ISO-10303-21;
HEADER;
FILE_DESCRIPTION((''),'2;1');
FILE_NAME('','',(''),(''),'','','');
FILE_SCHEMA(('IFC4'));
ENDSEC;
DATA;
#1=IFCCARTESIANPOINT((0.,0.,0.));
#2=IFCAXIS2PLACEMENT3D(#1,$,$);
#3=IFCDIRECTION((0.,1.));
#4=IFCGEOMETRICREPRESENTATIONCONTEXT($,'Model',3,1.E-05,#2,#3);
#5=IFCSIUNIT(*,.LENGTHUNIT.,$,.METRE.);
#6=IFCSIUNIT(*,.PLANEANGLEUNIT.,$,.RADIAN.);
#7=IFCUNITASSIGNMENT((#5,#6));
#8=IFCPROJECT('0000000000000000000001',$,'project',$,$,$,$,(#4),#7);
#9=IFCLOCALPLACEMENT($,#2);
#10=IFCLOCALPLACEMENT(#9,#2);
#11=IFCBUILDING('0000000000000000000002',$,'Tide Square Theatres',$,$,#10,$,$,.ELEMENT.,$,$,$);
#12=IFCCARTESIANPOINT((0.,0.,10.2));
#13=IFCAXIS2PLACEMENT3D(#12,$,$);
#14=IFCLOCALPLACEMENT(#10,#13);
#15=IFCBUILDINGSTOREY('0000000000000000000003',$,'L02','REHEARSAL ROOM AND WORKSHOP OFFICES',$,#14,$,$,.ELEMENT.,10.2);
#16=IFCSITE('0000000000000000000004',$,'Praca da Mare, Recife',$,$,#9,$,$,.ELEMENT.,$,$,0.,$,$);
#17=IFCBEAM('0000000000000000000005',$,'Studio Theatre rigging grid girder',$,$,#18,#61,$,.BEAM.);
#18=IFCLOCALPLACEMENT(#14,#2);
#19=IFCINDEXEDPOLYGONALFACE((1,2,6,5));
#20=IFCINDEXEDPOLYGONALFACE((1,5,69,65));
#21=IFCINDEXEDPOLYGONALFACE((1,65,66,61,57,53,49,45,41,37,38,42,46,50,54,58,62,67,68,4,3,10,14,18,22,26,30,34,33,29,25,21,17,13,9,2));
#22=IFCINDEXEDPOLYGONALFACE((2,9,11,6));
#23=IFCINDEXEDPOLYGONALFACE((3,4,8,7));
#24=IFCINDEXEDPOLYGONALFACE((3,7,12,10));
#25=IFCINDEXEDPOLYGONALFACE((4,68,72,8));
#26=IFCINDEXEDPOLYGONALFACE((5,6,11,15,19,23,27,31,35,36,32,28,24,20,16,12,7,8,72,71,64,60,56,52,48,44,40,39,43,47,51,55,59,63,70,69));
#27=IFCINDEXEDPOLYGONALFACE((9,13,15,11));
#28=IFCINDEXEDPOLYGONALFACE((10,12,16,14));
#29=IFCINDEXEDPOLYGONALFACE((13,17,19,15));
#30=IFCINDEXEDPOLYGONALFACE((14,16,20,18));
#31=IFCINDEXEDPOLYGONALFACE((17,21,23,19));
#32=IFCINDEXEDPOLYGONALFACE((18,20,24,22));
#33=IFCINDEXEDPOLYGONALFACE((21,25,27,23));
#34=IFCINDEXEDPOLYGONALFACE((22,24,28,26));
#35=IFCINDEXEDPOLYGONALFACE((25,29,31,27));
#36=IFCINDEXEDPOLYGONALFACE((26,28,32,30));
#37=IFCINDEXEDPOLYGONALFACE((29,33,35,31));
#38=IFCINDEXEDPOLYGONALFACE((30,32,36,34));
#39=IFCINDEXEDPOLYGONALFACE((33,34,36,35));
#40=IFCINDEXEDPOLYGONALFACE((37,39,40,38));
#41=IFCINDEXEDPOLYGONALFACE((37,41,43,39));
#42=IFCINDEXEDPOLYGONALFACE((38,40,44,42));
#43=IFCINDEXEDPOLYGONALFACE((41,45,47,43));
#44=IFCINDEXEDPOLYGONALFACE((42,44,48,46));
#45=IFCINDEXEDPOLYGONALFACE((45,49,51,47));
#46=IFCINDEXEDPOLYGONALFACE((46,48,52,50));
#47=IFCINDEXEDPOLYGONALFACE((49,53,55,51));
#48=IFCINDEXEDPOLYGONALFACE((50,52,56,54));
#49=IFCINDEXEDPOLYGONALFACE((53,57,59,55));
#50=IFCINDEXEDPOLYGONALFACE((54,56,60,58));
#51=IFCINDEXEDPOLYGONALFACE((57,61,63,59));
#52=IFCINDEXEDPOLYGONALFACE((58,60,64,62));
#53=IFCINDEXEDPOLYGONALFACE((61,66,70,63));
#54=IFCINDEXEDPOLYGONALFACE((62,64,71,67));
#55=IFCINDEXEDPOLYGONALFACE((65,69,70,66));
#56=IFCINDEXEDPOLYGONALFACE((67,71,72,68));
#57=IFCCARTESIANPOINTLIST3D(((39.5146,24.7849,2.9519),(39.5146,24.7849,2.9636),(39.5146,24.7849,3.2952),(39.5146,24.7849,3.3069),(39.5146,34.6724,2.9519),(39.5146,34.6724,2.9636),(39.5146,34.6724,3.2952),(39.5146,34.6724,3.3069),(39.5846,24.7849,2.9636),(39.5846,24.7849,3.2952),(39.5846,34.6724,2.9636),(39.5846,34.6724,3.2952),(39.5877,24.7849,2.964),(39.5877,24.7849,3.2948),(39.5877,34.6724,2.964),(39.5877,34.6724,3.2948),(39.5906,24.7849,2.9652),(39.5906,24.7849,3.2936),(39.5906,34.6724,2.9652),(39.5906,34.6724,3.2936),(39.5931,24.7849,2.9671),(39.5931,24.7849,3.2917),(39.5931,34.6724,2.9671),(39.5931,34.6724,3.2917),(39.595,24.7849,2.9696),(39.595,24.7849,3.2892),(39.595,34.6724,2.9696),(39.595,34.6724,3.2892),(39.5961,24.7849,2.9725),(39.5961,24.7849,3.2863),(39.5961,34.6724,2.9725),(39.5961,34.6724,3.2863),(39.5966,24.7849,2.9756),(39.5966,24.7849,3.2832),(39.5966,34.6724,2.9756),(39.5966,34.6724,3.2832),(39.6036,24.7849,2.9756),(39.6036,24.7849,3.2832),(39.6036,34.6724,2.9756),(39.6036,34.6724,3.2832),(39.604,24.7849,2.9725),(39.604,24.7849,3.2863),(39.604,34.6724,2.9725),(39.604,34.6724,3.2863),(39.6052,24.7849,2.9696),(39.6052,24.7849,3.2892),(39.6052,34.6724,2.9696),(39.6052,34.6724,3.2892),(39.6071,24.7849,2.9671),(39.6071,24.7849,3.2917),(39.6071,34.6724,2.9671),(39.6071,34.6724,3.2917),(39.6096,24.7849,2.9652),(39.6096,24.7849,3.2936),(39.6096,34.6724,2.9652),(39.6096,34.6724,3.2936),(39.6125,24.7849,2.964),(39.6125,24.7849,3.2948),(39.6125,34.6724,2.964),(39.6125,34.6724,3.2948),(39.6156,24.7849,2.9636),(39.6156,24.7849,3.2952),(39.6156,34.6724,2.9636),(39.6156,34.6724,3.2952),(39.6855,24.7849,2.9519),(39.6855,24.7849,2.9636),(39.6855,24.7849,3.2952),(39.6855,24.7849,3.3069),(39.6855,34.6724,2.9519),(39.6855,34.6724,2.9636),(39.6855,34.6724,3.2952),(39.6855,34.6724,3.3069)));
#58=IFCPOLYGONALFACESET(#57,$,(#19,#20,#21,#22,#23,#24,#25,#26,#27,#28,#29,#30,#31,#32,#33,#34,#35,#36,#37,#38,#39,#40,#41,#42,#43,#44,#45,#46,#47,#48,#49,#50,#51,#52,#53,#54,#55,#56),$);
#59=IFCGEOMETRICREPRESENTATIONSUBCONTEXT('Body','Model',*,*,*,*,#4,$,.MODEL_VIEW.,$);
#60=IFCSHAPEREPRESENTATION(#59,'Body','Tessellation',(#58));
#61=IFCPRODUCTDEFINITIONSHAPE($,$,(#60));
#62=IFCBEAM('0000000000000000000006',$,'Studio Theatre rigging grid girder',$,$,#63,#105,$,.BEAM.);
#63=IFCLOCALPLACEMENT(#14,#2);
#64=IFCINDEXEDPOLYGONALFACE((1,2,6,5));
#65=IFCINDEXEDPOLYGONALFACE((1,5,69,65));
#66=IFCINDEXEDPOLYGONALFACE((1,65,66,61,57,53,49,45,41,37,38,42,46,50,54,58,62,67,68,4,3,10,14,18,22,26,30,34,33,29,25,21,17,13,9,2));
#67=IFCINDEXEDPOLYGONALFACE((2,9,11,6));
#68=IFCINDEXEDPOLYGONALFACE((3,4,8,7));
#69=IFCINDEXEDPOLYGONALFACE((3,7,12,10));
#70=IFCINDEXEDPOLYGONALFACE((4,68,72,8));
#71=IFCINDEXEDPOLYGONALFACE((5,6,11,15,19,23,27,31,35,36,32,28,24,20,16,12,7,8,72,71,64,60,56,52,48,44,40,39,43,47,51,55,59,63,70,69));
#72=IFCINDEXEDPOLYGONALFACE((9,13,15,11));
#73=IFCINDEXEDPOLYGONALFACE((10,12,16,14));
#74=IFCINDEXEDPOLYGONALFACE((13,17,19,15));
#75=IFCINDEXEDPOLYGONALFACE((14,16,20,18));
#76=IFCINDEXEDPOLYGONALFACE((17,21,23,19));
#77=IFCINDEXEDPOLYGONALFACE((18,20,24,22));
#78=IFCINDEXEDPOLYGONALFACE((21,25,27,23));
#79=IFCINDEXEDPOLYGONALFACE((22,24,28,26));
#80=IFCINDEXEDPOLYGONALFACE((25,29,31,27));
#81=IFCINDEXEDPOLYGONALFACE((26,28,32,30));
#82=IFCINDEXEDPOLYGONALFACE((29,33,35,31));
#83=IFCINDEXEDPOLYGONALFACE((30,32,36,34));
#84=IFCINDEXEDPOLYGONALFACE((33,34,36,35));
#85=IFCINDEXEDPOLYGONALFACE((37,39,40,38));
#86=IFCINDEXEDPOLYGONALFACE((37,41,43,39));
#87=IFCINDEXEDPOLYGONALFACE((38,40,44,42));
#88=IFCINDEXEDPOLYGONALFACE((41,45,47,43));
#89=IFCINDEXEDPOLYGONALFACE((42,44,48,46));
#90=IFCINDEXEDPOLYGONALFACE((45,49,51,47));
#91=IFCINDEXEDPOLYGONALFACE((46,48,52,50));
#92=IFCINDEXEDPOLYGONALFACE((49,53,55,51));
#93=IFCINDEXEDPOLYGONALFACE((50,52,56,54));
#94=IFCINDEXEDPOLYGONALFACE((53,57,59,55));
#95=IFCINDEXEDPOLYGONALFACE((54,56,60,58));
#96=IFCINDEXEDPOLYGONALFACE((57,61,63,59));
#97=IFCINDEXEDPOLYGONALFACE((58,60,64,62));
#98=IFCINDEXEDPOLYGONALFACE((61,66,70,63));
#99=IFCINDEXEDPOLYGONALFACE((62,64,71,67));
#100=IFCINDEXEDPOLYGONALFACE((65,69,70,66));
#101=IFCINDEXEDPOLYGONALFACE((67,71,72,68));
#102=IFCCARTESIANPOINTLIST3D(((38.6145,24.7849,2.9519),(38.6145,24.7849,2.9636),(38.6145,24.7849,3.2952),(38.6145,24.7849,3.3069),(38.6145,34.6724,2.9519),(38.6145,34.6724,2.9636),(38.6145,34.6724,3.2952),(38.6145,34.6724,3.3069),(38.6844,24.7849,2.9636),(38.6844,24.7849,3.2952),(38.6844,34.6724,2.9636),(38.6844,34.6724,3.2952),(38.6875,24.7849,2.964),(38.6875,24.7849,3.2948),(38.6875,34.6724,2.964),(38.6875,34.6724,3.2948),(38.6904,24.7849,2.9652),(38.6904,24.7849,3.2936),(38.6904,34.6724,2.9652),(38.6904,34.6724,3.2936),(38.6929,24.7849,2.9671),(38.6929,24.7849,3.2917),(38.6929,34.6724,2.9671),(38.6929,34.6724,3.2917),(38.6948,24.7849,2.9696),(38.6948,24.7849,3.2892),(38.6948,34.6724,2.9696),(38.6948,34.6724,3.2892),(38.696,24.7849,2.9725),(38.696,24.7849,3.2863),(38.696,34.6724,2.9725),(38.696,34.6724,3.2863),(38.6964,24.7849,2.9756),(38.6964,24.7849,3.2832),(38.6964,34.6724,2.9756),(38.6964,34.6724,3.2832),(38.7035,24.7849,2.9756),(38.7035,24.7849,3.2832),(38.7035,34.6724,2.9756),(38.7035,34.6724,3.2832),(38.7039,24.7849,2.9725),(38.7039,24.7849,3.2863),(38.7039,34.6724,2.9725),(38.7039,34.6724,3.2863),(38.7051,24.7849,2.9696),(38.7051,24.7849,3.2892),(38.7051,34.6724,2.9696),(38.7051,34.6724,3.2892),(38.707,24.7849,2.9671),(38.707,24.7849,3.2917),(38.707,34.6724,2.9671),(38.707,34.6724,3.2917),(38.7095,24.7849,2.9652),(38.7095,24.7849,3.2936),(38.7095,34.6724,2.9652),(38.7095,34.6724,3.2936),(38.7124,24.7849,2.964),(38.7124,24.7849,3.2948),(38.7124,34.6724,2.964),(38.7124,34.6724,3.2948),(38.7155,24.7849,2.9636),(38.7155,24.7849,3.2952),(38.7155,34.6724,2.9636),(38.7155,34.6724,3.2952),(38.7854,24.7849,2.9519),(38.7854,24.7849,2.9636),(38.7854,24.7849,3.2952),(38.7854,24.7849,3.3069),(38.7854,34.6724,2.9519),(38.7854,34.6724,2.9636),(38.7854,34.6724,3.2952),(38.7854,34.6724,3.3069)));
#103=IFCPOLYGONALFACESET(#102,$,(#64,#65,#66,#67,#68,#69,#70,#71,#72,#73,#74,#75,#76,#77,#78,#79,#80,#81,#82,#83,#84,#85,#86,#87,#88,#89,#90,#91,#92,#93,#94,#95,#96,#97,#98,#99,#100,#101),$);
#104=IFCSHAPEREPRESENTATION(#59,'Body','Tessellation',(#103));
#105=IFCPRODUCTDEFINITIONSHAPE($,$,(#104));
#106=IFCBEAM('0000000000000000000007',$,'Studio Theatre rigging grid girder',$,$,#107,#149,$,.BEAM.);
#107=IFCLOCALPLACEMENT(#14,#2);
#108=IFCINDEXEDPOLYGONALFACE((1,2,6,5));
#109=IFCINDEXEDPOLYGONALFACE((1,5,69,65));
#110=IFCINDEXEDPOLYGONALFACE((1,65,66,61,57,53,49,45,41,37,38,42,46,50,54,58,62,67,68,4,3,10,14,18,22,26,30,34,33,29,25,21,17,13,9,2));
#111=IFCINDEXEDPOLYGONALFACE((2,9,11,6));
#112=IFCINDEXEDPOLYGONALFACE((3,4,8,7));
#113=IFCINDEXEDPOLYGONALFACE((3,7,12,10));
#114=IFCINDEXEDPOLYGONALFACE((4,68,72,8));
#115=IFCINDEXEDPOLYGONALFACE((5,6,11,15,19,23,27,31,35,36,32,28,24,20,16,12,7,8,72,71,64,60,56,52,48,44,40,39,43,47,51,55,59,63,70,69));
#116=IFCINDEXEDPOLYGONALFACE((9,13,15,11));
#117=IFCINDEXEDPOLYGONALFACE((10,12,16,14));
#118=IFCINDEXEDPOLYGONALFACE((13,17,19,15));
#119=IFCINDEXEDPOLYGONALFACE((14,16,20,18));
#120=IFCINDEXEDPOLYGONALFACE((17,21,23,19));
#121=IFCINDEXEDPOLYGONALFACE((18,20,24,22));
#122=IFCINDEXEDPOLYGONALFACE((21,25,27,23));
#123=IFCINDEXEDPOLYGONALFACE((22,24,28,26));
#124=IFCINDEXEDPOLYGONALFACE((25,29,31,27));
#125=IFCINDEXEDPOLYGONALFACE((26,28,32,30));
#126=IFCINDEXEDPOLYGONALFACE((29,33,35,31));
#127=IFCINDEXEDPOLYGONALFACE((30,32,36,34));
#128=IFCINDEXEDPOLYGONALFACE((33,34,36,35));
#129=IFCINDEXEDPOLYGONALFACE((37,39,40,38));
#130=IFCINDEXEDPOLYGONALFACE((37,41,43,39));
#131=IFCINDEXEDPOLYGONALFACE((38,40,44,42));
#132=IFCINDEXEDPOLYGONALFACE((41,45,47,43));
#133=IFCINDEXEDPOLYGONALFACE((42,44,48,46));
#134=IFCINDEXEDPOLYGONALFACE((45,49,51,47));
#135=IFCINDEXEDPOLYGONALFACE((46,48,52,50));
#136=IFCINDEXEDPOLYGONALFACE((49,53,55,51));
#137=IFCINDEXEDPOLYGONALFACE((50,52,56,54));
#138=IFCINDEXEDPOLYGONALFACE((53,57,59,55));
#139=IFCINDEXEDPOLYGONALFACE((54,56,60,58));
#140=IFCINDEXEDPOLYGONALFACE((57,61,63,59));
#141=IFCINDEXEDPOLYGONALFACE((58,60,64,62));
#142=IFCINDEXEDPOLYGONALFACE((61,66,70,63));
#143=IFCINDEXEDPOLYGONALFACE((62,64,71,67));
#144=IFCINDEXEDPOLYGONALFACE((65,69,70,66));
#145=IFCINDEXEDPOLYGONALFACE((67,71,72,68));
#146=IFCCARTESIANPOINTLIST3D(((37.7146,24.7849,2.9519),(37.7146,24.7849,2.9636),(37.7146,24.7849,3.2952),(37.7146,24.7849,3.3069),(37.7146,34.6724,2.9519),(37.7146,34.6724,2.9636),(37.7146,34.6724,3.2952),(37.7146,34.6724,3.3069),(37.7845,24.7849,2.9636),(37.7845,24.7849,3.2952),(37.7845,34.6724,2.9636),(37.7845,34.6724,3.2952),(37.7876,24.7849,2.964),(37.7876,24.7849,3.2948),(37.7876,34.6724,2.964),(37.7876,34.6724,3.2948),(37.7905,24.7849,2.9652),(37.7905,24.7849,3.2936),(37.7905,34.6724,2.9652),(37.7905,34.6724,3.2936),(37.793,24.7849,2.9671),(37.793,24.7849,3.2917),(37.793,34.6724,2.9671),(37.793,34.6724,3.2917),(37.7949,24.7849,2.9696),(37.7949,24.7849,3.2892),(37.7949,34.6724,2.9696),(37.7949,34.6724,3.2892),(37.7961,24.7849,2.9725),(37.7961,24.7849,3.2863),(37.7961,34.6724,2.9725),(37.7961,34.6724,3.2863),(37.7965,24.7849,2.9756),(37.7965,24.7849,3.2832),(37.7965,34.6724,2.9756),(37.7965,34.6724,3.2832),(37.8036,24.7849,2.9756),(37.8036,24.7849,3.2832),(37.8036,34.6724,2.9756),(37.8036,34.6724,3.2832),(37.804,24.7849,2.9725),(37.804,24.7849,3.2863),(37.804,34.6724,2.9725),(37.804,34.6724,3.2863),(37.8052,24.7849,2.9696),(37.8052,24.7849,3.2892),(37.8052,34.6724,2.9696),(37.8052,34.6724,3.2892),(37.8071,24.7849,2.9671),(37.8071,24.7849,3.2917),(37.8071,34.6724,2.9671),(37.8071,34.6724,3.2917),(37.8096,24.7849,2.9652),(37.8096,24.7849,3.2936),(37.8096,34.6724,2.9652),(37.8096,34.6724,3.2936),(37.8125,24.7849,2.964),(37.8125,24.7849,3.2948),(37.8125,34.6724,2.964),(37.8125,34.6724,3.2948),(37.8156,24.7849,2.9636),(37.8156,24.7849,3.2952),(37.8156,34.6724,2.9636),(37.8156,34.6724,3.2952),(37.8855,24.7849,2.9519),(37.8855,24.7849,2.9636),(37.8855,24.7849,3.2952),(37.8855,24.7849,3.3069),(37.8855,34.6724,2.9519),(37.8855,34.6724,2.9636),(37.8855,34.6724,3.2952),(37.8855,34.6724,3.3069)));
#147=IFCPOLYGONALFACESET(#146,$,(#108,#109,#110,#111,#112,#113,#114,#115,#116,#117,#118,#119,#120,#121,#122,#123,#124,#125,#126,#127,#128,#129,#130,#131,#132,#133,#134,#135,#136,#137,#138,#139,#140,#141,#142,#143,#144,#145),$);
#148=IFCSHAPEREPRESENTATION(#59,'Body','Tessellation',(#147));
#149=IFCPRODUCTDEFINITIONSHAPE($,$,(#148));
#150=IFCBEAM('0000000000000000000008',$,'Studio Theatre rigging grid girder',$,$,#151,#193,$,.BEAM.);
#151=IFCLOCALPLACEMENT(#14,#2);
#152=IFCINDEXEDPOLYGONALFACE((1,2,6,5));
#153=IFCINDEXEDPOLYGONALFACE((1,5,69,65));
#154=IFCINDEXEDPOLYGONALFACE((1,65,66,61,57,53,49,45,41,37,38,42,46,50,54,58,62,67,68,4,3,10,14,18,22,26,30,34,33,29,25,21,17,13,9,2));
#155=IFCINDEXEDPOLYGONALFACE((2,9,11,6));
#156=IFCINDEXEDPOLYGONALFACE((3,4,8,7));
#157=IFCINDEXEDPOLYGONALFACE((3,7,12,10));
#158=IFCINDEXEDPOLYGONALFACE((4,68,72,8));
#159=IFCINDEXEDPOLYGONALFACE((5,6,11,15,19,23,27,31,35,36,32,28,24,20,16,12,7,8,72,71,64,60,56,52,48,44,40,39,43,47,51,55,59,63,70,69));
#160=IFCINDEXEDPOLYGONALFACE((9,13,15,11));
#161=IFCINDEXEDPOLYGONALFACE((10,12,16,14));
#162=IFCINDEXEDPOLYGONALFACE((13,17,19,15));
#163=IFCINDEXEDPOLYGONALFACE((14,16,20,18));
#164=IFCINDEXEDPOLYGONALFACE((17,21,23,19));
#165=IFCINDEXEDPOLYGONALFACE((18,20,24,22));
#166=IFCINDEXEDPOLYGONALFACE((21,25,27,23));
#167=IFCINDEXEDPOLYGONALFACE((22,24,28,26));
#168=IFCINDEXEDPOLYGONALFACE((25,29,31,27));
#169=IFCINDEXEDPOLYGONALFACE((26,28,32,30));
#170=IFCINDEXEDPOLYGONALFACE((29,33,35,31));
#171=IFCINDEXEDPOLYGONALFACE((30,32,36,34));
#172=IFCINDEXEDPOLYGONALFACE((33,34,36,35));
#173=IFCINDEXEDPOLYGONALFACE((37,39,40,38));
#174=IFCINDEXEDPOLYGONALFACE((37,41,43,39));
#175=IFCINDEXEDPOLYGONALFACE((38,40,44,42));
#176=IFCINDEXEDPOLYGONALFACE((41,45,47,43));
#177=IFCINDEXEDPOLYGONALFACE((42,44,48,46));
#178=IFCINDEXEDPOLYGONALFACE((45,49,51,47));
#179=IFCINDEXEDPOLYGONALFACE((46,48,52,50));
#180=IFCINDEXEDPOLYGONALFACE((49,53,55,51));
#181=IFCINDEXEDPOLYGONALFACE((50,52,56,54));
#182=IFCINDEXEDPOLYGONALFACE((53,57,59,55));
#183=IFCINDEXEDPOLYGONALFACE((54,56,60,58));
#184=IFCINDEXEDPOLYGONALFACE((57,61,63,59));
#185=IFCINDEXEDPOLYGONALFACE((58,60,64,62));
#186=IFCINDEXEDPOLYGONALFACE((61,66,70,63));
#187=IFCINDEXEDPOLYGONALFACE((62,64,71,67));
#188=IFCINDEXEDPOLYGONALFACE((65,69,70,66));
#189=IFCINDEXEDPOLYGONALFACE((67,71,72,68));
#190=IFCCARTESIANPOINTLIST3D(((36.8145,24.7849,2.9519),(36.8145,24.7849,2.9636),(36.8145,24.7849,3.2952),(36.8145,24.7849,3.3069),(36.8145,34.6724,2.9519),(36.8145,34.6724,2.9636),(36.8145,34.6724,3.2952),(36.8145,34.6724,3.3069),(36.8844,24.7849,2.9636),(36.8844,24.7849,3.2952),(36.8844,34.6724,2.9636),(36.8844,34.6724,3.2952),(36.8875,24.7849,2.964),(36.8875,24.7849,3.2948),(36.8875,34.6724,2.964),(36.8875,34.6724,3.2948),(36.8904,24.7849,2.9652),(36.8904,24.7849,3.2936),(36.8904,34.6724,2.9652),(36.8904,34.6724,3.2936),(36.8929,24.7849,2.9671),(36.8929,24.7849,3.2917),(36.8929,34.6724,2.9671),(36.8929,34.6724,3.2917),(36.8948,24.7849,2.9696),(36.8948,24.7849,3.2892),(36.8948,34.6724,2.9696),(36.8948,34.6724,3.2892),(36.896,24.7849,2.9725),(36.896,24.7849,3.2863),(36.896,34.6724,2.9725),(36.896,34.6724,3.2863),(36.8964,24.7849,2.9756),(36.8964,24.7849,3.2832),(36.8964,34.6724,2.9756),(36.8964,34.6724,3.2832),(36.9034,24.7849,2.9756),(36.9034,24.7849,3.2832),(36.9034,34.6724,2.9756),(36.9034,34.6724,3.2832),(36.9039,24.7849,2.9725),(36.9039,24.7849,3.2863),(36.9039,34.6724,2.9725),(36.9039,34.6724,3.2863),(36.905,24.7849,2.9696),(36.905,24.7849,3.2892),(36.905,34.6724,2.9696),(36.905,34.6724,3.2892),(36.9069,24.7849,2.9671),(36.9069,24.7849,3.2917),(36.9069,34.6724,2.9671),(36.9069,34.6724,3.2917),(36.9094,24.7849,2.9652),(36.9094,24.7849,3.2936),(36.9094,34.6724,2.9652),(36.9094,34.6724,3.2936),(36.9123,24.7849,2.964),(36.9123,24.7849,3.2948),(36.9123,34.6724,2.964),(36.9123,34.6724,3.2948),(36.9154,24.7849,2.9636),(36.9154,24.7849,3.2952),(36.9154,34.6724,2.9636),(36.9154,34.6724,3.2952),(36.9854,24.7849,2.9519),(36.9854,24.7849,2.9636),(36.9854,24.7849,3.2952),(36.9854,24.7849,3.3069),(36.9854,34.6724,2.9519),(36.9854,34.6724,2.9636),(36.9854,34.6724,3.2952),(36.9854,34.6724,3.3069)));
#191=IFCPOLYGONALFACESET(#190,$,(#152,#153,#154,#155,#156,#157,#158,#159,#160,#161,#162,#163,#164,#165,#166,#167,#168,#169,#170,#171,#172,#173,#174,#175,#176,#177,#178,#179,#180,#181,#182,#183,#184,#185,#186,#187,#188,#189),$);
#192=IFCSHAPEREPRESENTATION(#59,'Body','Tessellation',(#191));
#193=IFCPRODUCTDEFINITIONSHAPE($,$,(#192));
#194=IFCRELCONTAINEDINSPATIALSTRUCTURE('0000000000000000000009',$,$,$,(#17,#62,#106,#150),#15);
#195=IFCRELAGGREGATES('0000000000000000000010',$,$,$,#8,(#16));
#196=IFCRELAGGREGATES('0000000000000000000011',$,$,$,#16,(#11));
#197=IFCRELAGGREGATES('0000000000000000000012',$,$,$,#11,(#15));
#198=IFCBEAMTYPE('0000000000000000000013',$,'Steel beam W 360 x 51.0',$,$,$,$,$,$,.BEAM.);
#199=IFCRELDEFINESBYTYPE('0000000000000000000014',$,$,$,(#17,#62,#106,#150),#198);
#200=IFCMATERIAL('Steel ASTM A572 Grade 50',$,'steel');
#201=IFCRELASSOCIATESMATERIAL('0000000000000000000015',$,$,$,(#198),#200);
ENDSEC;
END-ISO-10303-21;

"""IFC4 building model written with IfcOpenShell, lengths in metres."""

from ifc_helpers import new_model, si_unit, direction, frame, origin, origin_2d, place, context, subcontext, project, spatial, i_section, extrude, material, material_profile, profile_set, type_object, element, save


model = new_model("IFC4")

# Units and contexts
model_context = context("Model", 3, precision=1e-05, world=origin(), true_north=direction((0.0, 1.0)))
body_context = subcontext(model_context, "Body", "Model", "MODEL_VIEW")
ifc_project = project(units=[si_unit("LENGTHUNIT", "METRE"), si_unit("PLANEANGLEUNIT", "RADIAN")], contexts=[model_context])

# Site, building, storey
site_placement = place(None, origin())
site = spatial("IfcSite", under=ifc_project, at=site_placement, Name="Praca da Mare, Recife", CompositionType="ELEMENT", RefElevation=0.0)
building_placement = place(site_placement, origin())
building = spatial("IfcBuilding", under=site, at=building_placement, Name="Tide Square Theatres", CompositionType="ELEMENT")
storey_placement = place(building_placement, frame((0.0, 0.0, 10.2)))
storey = spatial("IfcBuildingStorey", under=building, at=storey_placement, Name="L02", Description="REHEARSAL ROOM AND WORKSHOP OFFICES", CompositionType="ELEMENT", Elevation=10.2)

# Beams
ifc_material_1 = material(Name="Steel ASTM A572 Grade 50", Category="steel")
ifc_material_profile_1 = material_profile(ifc_material_1, i_section(OverallWidth=0.1709, OverallDepth=0.355, WebThickness=0.0071, FlangeThickness=0.0117, FilletRadius=0.012, at=origin_2d()))
ifc_profile_set_1 = profile_set([ifc_material_profile_1], Name="Steel ASTM A572 Grade 50")
beam_type_1 = type_object("IfcBeamType", Name="Steel beam W 360 x 51.0", PredefinedType="BEAM", material=ifc_profile_set_1)
for number, where, z_axis, x_axis, name in (
    (1, (39.6001, 24.7849, 3.1294), (0.0, 1.0, 0.0), (-1.0, 0.0, 0.0), "Studio Theatre rigging grid girder"),
    (2, (38.7, 24.7849, 3.1294), (0.0, 1.0, 0.0), (-1.0, 0.0, 0.0), "Studio Theatre rigging grid girder"),
    (3, (37.8, 24.7849, 3.1294), (0.0, 1.0, 0.0), (-1.0, 0.0, 0.0), "Studio Theatre rigging grid girder"),
    (4, (36.8999, 24.7849, 3.1294), (0.0, 1.0, 0.0), (-1.0, 0.0, 0.0), "Studio Theatre rigging grid girder"),
):
    element("IfcBeam", number, at=place(storey_placement, frame(where, z_axis=z_axis, x_axis=x_axis)), inside=storey, type_object=beam_type_1, Name=name, PredefinedType="BEAM", context=body_context, shape_type="SweptSolid", body=[
        extrude(i_section(OverallWidth=0.1709, OverallDepth=0.355, WebThickness=0.0071, FlangeThickness=0.0117, FilletRadius=0.012, at=origin_2d()), origin(), (0.0, 0.0, 1.0), 9.8875),
    ])

save(model, "model.ifc")
